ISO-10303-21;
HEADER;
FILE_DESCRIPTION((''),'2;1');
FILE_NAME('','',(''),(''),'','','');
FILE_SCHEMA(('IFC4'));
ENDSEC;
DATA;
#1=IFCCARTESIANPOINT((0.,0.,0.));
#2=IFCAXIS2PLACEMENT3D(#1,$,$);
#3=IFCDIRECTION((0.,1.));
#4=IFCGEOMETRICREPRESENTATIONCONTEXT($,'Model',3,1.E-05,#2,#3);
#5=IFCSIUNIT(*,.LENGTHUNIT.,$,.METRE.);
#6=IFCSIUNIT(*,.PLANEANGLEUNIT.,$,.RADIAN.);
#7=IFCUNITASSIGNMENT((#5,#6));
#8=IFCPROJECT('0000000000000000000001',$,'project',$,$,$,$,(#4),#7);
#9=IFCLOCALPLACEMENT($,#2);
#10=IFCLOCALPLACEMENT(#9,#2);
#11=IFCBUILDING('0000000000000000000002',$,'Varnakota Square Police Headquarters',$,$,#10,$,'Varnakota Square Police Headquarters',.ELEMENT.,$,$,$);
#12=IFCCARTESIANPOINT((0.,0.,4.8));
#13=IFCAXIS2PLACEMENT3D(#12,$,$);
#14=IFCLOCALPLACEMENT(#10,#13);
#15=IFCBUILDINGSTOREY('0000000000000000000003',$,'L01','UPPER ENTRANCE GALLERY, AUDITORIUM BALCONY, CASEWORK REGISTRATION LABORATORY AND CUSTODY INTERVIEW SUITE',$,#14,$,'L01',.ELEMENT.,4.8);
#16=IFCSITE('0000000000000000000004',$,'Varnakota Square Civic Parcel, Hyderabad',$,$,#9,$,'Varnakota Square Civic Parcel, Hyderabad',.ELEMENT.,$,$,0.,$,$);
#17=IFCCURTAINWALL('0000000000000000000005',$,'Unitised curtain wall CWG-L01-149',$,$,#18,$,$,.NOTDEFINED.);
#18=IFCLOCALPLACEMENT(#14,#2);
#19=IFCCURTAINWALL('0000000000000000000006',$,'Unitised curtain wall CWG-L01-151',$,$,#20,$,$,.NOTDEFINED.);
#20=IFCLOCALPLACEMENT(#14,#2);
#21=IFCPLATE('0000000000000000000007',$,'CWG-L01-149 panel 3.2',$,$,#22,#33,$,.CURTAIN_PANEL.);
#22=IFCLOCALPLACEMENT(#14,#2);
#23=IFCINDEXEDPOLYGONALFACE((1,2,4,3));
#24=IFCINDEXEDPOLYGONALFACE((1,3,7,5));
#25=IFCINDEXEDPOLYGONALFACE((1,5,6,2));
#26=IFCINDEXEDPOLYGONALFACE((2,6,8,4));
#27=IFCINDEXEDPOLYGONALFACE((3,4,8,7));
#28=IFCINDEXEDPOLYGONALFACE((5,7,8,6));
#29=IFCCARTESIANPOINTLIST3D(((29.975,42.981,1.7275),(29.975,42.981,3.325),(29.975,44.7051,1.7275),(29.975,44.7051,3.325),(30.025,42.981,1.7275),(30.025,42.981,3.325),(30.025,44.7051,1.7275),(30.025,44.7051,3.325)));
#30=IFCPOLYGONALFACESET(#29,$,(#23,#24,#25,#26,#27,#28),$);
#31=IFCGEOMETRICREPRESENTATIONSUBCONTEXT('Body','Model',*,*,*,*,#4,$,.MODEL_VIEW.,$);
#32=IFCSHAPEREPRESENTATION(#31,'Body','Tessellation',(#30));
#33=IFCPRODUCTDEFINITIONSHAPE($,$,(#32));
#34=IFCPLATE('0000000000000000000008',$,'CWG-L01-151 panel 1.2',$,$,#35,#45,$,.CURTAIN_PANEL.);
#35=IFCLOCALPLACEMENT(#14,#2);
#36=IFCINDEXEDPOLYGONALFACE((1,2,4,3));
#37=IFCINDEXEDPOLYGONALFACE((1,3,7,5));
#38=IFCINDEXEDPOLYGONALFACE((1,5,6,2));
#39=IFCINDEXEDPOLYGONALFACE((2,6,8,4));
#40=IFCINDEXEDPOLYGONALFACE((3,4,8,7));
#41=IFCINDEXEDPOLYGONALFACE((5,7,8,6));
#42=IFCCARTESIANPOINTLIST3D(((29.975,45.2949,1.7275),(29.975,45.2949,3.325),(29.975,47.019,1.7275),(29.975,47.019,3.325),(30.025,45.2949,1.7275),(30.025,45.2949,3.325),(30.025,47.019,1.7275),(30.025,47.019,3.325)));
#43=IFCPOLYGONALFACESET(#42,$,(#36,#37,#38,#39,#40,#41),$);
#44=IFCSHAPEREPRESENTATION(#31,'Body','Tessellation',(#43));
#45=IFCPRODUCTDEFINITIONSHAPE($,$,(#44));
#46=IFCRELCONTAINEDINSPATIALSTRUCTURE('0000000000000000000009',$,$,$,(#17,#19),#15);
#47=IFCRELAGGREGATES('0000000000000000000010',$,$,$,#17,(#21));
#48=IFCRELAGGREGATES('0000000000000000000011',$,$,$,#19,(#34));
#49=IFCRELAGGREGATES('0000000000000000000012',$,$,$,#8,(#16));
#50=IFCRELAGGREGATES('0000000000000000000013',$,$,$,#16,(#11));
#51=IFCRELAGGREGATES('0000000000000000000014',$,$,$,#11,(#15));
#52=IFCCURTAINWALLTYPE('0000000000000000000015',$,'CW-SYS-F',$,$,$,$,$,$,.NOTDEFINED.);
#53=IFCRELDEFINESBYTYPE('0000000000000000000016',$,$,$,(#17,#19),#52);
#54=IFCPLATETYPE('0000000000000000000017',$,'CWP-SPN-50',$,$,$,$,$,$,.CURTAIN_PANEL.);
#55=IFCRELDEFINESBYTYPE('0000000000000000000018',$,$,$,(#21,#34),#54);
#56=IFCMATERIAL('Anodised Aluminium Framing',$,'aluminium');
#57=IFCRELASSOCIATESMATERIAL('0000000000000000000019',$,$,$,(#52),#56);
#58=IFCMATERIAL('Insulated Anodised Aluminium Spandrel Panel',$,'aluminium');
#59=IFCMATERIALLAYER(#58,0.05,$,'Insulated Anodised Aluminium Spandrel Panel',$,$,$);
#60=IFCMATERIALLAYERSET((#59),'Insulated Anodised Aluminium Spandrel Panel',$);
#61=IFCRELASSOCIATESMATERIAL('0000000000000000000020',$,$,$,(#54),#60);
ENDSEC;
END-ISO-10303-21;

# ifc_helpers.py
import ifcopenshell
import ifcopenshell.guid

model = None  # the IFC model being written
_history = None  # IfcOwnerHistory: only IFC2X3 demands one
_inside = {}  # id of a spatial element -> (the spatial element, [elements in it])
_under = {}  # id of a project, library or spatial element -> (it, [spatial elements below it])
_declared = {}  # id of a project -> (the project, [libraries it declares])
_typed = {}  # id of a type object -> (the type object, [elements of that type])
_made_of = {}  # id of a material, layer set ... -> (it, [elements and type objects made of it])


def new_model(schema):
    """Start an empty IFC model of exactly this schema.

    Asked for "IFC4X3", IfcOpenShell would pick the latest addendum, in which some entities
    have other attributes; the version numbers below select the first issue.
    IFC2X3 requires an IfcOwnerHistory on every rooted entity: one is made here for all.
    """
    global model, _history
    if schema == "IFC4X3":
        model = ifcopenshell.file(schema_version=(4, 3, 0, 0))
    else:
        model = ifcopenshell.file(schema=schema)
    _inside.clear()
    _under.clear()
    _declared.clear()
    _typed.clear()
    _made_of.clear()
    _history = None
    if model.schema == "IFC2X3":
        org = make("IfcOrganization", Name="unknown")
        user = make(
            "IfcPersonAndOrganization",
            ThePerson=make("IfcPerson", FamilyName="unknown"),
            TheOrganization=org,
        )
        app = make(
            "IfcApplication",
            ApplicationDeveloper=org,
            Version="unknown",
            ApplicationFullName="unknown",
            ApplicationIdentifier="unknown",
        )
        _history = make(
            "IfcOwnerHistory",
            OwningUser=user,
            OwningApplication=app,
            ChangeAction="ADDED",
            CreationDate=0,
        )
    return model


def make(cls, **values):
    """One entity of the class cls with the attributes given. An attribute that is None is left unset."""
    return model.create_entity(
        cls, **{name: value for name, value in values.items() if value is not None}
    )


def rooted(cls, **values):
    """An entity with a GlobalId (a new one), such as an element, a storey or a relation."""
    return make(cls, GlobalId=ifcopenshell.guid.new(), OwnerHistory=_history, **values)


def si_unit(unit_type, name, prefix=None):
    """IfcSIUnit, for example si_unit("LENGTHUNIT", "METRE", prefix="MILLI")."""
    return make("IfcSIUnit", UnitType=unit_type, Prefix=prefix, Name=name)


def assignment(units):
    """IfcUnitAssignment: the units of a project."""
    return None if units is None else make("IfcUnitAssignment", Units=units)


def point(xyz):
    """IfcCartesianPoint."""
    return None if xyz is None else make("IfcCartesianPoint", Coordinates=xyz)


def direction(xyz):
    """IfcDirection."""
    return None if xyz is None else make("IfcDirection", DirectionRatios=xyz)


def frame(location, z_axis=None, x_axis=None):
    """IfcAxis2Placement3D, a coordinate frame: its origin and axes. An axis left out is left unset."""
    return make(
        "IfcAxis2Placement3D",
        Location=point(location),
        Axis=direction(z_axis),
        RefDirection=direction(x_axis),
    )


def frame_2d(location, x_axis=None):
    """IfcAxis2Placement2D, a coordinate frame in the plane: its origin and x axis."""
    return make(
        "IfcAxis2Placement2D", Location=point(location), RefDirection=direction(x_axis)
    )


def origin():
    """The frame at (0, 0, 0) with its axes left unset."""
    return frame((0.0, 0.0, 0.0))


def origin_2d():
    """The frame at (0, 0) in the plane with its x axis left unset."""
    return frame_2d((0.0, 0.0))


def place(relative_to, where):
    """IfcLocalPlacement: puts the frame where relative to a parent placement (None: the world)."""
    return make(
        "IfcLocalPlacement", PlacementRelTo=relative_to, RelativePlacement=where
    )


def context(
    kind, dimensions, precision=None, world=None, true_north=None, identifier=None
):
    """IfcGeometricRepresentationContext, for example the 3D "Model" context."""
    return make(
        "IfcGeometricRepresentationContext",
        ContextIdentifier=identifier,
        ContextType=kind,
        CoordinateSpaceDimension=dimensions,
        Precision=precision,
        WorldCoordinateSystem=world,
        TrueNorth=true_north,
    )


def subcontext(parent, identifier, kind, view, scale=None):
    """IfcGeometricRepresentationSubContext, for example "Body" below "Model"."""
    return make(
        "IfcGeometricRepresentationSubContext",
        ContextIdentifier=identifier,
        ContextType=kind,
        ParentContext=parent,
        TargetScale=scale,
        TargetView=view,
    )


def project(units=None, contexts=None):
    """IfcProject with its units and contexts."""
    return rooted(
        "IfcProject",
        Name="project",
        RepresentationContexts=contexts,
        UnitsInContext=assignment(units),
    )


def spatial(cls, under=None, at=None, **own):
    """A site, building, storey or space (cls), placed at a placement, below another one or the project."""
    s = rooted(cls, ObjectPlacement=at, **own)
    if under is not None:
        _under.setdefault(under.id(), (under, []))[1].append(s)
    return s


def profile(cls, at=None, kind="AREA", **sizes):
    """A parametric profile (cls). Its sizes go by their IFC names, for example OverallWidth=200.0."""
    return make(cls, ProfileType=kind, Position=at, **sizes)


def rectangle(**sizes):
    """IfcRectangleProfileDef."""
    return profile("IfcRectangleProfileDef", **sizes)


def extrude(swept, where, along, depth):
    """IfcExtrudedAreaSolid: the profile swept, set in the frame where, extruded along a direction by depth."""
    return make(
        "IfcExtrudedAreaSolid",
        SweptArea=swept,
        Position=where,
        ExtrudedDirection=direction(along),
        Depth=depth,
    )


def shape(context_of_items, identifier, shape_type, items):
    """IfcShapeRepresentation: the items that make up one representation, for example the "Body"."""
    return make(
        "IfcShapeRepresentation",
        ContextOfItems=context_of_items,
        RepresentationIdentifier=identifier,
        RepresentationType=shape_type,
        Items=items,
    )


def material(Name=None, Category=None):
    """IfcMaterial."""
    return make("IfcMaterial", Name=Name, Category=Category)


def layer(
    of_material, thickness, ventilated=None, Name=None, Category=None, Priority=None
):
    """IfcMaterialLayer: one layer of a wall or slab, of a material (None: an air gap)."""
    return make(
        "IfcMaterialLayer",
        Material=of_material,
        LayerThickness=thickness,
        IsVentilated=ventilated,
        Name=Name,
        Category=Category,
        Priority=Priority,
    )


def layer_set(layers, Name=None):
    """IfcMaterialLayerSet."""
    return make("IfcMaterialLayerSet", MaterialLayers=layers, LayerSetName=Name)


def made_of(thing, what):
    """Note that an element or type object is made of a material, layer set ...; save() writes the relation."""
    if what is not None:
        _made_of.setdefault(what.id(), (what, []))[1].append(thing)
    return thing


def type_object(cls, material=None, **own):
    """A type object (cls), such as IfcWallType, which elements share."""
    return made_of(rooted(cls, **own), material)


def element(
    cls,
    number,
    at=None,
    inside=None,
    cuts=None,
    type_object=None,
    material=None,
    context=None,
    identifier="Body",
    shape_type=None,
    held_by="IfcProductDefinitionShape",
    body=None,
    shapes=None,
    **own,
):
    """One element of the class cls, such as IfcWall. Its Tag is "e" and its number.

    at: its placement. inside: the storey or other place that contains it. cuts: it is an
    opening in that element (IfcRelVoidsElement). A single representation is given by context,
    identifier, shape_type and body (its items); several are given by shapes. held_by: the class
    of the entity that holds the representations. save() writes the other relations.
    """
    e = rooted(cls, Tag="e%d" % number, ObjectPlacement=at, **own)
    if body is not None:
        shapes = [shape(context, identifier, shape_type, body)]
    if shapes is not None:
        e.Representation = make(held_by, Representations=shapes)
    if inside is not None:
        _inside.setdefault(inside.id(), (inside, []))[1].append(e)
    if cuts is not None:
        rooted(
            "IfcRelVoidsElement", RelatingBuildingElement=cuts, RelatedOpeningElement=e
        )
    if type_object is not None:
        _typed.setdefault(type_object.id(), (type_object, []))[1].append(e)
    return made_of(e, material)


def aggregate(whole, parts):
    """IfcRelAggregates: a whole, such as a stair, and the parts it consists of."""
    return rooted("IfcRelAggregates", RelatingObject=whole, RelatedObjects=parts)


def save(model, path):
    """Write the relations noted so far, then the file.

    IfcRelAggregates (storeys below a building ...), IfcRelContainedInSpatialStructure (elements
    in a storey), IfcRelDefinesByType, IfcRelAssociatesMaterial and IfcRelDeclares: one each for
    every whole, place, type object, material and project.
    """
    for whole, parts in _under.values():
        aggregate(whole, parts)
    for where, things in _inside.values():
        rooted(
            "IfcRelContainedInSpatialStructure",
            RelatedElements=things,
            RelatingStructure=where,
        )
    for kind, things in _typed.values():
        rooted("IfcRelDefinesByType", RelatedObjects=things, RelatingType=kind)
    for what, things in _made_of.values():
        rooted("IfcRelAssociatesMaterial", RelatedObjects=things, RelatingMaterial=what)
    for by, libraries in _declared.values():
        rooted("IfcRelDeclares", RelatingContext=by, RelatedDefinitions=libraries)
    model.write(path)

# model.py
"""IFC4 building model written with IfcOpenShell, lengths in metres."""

from ifc_helpers import new_model, si_unit, direction, frame, origin, origin_2d, place, context, subcontext, project, spatial, rectangle, extrude, material, layer, layer_set, type_object, element, aggregate, save


model = new_model("IFC4")

# Units and contexts
model_context = context("Model", 3, precision=1e-05, world=origin(), true_north=direction((0.0, 1.0)))
body_context = subcontext(model_context, "Body", "Model", "MODEL_VIEW")
ifc_project = project(units=[si_unit("LENGTHUNIT", "METRE"), si_unit("PLANEANGLEUNIT", "RADIAN")], contexts=[model_context])

# Site, building, storey
site_placement = place(None, origin())
site = spatial("IfcSite", under=ifc_project, at=site_placement, Name="Varnakota Square Civic Parcel, Hyderabad", LongName="Varnakota Square Civic Parcel, Hyderabad", CompositionType="ELEMENT", RefElevation=0.0)
building_placement = place(site_placement, origin())
building = spatial("IfcBuilding", under=site, at=building_placement, Name="Varnakota Square Police Headquarters", LongName="Varnakota Square Police Headquarters", CompositionType="ELEMENT")
storey_placement = place(building_placement, frame((0.0, 0.0, 4.8)))
storey = spatial("IfcBuildingStorey", under=building, at=storey_placement, Name="L01", Description="UPPER ENTRANCE GALLERY, AUDITORIUM BALCONY, CASEWORK REGISTRATION LABORATORY AND CUSTODY INTERVIEW SUITE", LongName="L01", CompositionType="ELEMENT", Elevation=4.8)

# Curtain walls
ifc_material_1 = material(Name="Anodised Aluminium Framing", Category="aluminium")
curtain_wall_type = type_object("IfcCurtainWallType", Name="CW-SYS-F", PredefinedType="NOTDEFINED", material=ifc_material_1)
curtain_wall_1_placement = place(storey_placement, origin())
curtain_wall_1 = element("IfcCurtainWall", 1, at=curtain_wall_1_placement, inside=storey, type_object=curtain_wall_type, Name="Unitised curtain wall CWG-L01-149", PredefinedType="NOTDEFINED")
curtain_wall_2_placement = place(storey_placement, origin())
curtain_wall_2 = element("IfcCurtainWall", 2, at=curtain_wall_2_placement, inside=storey, type_object=curtain_wall_type, Name="Unitised curtain wall CWG-L01-151", PredefinedType="NOTDEFINED")

# Plates
ifc_material_2 = material(Name="Insulated Anodised Aluminium Spandrel Panel", Category="aluminium")
ifc_layer_1 = layer(ifc_material_2, 0.05, Name="Insulated Anodised Aluminium Spandrel Panel")
ifc_layer_set_1 = layer_set([ifc_layer_1], Name="Insulated Anodised Aluminium Spandrel Panel")
plate_type_1 = type_object("IfcPlateType", Name="CWP-SPN-50", PredefinedType="CURTAIN_PANEL", material=ifc_layer_set_1)
plate_1_placement = place(storey_placement, frame((30.0, 43.843, 1.7275), z_axis=(0.0, 0.0, 1.0), x_axis=(0.0, 1.0, 0.0)))
plate_1 = element("IfcPlate", 3, at=plate_1_placement, type_object=plate_type_1, Name="CWG-L01-149 panel 3.2", PredefinedType="CURTAIN_PANEL", context=body_context, shape_type="SweptSolid", body=[
    extrude(rectangle(XDim=1.7241, YDim=0.05, at=origin_2d()), origin(), (0.0, 0.0, 1.0), 1.5974),
])
aggregate(curtain_wall_1, [plate_1])
plate_2_placement = place(storey_placement, frame((30.0, 46.157, 1.7275), z_axis=(0.0, 0.0, 1.0), x_axis=(0.0, 1.0, 0.0)))
plate_2 = element("IfcPlate", 4, at=plate_2_placement, type_object=plate_type_1, Name="CWG-L01-151 panel 1.2", PredefinedType="CURTAIN_PANEL", context=body_context, shape_type="SweptSolid", body=[
    extrude(rectangle(XDim=1.7241, YDim=0.05, at=origin_2d()), origin(), (0.0, 0.0, 1.0), 1.5974),
])
aggregate(curtain_wall_2, [plate_2])

save(model, "model.ifc")
